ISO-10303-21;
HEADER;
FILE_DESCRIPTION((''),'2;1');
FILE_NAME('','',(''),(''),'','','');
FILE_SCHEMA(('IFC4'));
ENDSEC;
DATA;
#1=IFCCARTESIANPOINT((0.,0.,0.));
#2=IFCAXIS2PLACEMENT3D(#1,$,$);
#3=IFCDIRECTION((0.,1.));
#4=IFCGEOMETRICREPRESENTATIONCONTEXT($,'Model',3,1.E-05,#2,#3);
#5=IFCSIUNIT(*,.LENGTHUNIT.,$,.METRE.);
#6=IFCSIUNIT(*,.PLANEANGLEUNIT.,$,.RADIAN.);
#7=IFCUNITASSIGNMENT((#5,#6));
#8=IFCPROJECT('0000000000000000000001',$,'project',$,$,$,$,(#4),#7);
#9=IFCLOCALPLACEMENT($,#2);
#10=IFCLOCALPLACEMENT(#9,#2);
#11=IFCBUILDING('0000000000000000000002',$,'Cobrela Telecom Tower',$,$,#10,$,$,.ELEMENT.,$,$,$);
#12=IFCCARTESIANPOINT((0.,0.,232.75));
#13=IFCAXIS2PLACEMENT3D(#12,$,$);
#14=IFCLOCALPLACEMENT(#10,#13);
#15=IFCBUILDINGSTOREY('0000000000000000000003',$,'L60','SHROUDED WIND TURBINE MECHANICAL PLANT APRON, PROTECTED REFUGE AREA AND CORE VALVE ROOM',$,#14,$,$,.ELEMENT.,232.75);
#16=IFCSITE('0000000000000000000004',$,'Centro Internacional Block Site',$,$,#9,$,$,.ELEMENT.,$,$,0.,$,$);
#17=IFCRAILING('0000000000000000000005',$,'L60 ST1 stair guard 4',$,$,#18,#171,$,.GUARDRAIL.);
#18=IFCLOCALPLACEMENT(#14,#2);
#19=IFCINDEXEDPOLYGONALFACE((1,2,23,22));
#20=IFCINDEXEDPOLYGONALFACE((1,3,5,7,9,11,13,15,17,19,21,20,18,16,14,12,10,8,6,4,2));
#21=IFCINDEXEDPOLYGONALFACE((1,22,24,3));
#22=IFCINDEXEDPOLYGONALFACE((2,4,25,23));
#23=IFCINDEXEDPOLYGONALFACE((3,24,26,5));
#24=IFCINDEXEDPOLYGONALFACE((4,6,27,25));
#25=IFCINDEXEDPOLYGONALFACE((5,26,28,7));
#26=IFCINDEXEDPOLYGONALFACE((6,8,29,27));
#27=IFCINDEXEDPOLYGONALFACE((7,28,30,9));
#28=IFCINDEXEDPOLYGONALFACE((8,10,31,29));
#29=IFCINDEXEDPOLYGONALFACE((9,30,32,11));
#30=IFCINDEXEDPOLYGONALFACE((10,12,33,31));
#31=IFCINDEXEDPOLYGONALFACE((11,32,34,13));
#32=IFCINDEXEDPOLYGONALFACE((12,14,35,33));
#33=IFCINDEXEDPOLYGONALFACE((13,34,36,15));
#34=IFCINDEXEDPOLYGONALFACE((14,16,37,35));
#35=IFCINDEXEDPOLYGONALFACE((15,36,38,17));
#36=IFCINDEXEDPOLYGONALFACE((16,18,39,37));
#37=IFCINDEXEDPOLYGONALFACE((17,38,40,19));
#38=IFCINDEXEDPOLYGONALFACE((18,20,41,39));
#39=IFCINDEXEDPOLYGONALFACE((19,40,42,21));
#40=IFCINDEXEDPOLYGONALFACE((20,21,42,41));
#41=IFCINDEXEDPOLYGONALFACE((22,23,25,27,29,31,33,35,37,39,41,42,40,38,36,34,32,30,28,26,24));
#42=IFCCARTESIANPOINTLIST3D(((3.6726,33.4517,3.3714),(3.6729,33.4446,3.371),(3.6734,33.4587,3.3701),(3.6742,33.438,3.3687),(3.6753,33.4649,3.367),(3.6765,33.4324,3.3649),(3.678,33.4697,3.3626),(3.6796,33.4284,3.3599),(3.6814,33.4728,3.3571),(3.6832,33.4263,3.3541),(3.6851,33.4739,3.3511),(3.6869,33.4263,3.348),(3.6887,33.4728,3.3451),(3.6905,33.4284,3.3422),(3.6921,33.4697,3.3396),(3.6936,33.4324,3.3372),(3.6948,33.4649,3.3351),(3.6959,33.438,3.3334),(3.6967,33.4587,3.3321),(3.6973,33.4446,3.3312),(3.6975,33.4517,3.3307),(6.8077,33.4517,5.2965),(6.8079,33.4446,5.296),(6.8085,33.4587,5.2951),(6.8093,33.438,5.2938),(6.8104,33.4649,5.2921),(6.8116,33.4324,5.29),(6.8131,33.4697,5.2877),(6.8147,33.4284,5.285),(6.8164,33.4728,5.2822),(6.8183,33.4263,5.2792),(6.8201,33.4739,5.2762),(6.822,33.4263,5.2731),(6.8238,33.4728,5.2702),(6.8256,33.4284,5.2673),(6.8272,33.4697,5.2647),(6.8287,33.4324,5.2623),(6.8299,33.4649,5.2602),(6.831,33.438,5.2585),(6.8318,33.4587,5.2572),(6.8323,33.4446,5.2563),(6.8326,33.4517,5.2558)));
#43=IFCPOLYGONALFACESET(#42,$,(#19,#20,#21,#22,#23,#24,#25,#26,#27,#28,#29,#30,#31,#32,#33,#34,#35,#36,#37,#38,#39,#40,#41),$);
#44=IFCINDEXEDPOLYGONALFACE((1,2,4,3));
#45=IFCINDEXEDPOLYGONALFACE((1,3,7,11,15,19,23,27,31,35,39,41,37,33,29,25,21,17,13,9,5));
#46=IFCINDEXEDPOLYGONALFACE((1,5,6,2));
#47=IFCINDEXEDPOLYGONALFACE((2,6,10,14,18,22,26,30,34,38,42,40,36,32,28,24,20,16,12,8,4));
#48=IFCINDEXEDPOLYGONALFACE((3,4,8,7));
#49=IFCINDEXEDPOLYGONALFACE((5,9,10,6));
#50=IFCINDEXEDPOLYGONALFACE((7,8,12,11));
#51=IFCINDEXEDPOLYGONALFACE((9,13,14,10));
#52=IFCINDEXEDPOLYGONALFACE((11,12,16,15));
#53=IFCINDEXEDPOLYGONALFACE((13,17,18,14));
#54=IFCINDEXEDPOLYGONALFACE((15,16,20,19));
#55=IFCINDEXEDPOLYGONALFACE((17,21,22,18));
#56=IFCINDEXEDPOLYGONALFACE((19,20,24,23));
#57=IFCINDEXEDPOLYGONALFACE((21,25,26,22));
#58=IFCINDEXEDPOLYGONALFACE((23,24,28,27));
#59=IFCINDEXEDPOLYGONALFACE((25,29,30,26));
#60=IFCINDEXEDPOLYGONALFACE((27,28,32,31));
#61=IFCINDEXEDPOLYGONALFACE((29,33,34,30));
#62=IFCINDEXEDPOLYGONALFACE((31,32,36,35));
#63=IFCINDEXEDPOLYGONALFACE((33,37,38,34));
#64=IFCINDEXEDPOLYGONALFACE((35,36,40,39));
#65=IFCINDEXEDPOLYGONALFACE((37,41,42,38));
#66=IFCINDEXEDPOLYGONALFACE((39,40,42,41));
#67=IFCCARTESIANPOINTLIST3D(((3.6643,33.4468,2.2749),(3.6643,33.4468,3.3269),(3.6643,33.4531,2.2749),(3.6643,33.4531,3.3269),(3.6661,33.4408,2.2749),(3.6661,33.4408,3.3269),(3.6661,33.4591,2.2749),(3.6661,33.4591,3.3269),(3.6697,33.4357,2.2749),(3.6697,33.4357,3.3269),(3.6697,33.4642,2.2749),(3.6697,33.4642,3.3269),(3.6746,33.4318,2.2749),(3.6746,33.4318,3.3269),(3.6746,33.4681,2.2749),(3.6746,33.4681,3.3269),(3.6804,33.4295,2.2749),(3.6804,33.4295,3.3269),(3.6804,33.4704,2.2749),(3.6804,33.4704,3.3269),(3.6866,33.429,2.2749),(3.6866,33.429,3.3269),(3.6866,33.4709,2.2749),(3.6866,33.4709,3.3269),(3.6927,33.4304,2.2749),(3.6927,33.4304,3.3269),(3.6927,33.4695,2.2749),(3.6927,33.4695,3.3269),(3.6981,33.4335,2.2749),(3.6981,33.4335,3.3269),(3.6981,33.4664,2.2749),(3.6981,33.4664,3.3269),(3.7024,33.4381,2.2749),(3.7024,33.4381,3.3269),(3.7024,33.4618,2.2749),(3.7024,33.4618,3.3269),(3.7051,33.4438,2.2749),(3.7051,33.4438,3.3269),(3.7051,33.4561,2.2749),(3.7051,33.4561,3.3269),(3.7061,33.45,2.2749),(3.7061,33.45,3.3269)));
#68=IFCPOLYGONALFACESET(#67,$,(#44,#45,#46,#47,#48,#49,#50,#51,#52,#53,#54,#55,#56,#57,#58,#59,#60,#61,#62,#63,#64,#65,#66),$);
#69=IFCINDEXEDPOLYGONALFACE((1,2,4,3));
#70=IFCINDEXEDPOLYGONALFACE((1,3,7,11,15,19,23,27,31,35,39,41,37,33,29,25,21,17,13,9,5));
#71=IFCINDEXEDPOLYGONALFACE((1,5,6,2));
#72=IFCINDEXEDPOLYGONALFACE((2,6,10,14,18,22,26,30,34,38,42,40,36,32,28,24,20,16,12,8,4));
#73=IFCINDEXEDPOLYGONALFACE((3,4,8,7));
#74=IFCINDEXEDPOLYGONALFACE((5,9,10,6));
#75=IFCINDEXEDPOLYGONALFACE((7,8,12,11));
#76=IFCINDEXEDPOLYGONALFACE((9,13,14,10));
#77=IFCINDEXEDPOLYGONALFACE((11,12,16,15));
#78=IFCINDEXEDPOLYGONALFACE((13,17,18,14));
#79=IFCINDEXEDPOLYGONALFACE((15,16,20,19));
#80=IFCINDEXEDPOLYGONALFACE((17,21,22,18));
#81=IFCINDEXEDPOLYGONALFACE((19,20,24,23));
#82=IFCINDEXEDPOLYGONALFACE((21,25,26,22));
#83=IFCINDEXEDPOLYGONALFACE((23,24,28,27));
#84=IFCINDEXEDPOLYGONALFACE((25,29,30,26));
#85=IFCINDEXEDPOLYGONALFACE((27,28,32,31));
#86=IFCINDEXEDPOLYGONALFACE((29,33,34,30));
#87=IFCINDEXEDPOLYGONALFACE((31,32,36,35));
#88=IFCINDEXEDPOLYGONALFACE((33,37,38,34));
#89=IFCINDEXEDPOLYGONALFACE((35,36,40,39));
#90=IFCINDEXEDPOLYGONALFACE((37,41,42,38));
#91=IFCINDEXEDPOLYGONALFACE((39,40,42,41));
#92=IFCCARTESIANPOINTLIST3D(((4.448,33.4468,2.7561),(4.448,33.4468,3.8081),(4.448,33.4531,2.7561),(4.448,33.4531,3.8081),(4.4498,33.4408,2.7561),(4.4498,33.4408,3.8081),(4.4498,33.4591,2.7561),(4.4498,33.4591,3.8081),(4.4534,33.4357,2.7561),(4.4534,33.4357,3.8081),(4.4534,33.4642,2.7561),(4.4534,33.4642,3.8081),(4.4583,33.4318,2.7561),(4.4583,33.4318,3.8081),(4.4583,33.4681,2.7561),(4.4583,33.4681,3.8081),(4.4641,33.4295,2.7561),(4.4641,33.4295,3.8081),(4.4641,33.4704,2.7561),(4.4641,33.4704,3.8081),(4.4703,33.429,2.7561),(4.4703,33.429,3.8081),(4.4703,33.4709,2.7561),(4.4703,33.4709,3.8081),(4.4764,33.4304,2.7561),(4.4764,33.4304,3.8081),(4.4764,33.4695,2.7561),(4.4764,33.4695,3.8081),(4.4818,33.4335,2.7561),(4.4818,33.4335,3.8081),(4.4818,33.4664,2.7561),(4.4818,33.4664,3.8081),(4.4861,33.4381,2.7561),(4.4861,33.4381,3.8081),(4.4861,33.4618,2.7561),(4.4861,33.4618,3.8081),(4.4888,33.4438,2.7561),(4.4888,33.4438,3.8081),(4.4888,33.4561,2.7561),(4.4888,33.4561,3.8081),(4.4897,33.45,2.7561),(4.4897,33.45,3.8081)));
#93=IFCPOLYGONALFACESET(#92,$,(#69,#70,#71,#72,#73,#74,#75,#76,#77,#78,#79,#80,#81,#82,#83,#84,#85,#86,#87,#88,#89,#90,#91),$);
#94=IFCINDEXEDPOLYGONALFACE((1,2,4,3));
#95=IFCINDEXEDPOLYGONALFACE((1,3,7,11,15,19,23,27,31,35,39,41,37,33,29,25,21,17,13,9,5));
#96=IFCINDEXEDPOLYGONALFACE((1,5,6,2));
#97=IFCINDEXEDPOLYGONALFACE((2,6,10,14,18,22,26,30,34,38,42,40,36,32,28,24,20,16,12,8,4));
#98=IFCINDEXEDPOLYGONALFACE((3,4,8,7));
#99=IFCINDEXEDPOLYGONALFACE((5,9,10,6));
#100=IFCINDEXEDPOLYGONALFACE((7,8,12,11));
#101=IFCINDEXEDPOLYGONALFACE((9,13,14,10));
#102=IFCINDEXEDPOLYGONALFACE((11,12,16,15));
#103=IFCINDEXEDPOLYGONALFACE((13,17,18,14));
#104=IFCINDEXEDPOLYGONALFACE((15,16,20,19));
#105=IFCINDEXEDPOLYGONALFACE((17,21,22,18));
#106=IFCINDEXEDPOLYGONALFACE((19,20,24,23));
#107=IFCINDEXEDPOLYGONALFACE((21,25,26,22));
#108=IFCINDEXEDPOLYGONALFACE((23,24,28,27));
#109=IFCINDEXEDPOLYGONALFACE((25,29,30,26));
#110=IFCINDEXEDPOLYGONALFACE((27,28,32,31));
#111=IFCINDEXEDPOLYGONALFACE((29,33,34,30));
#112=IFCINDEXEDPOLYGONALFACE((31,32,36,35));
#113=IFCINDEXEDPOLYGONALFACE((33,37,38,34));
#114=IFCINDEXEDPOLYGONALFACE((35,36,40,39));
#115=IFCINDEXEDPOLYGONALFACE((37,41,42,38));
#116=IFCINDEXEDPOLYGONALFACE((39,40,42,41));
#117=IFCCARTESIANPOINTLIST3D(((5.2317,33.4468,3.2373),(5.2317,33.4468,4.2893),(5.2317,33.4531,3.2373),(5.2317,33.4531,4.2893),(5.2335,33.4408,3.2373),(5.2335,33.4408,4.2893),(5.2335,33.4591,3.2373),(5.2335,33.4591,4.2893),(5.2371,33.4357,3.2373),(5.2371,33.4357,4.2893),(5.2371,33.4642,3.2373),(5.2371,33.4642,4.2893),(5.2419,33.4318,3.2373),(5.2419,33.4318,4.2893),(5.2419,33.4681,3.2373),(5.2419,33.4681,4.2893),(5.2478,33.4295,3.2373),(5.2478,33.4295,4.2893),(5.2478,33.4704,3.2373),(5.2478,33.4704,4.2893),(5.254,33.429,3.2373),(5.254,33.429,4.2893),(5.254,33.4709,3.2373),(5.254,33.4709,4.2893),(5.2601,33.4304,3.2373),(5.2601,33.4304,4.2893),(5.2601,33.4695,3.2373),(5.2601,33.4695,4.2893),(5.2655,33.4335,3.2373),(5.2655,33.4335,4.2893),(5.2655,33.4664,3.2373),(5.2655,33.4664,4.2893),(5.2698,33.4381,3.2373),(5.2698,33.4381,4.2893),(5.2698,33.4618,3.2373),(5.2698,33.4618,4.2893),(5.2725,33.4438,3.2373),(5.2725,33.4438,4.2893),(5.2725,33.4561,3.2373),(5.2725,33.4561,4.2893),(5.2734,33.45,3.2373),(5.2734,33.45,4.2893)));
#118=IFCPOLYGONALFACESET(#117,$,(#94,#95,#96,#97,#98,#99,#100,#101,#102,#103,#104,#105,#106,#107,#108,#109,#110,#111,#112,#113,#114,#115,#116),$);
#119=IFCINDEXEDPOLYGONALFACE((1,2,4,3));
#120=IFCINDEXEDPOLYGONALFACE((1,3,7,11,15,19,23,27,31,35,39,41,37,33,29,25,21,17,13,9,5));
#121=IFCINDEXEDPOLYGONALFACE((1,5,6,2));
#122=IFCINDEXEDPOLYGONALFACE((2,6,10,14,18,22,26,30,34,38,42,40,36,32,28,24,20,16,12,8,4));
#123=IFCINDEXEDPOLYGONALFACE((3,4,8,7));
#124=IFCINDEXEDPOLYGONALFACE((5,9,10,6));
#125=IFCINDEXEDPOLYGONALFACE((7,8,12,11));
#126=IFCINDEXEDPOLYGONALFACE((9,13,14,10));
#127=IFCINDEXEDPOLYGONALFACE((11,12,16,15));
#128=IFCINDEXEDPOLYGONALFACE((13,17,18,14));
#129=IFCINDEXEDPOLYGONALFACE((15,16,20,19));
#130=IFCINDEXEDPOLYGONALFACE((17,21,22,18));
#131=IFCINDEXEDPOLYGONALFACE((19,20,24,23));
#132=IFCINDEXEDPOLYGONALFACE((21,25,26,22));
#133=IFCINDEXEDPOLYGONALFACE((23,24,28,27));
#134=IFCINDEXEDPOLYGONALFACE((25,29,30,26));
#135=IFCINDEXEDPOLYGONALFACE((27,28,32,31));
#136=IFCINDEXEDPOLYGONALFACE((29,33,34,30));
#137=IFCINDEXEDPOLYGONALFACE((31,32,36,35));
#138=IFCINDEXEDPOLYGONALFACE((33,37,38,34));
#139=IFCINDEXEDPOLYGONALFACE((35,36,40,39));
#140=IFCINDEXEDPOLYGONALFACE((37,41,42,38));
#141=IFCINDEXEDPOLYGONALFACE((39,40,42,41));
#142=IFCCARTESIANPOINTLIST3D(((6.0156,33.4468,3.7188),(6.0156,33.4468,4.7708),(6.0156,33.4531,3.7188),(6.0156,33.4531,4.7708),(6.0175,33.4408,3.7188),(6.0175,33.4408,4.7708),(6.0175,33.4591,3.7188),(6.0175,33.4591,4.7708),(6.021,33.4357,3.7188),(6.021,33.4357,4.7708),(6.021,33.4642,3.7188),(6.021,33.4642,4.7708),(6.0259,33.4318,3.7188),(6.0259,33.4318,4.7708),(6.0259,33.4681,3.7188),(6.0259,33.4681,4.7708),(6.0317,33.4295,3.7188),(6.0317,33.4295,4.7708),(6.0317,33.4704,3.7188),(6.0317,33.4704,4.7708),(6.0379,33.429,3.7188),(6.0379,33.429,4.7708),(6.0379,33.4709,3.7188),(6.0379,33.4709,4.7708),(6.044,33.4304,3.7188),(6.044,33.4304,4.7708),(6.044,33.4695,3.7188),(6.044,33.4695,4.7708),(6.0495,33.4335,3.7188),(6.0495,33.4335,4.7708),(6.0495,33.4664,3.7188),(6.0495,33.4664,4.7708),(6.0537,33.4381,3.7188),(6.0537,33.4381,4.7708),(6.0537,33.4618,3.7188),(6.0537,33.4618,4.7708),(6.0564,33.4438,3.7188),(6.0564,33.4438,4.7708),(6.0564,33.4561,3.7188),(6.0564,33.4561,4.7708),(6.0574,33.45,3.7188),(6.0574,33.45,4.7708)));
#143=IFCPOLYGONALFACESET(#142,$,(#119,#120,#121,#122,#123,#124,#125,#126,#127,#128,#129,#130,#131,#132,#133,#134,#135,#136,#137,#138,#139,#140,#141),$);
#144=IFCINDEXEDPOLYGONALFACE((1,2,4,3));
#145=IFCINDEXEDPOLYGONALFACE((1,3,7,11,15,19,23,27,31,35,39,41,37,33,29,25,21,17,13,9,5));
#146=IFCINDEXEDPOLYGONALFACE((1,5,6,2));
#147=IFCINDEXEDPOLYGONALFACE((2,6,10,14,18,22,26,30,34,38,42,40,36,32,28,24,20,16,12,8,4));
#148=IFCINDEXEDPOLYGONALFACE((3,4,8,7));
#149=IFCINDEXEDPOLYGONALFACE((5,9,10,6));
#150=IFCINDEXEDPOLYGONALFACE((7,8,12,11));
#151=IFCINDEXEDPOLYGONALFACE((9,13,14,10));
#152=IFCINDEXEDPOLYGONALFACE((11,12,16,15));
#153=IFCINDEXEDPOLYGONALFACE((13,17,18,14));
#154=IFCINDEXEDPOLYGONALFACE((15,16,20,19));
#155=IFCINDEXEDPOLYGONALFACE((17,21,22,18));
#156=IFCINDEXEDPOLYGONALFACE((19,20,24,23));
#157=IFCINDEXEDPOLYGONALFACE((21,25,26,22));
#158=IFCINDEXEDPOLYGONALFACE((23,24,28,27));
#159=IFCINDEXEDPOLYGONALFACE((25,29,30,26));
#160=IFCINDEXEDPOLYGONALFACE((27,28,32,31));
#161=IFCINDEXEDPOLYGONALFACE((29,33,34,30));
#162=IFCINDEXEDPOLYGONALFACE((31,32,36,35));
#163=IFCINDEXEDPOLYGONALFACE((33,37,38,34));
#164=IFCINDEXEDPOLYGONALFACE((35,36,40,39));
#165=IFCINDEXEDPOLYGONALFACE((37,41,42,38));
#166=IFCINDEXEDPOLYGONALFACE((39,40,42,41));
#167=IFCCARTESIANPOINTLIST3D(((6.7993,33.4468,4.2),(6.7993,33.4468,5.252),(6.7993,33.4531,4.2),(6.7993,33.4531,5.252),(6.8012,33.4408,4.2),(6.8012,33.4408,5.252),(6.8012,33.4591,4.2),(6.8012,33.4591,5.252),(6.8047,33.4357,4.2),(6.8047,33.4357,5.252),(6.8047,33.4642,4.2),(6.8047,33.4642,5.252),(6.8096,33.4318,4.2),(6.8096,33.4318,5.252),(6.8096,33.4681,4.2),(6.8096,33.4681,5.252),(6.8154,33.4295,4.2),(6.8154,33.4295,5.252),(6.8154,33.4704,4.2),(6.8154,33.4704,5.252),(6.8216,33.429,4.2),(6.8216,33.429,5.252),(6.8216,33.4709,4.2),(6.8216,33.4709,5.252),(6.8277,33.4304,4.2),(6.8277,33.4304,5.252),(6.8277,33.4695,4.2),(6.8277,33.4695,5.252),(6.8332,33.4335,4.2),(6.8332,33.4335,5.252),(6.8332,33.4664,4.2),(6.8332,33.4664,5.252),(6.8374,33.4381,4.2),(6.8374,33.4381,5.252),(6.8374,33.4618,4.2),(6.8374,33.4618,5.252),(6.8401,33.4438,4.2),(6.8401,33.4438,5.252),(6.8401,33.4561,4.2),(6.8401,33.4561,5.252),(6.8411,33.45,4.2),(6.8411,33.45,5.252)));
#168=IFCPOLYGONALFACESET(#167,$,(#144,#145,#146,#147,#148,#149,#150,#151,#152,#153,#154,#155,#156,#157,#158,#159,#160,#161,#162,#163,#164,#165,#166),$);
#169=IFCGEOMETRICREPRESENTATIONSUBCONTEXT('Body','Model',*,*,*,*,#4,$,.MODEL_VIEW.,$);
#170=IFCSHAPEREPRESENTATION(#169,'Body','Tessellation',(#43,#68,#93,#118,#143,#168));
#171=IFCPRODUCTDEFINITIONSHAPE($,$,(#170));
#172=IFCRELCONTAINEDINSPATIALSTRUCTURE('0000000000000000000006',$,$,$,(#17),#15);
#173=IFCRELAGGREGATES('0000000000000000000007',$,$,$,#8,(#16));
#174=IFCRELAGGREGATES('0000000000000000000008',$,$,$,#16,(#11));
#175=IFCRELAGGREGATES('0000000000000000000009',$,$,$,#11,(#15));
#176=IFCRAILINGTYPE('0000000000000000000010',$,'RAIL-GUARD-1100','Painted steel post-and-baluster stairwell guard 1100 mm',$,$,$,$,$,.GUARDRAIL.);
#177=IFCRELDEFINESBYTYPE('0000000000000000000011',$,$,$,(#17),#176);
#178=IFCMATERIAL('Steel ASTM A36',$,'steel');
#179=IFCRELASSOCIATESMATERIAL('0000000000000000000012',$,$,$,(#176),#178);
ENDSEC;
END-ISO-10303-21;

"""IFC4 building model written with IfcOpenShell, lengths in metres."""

from ifc_helpers import new_model, si_unit, direction, frame, origin, origin_2d, place, context, subcontext, project, spatial, circle, extrude, material, type_object, element, save


model = new_model("IFC4")

# Units and contexts
model_context = context("Model", 3, precision=1e-05, world=origin(), true_north=direction((0.0, 1.0)))
body_context = subcontext(model_context, "Body", "Model", "MODEL_VIEW")
ifc_project = project(units=[si_unit("LENGTHUNIT", "METRE"), si_unit("PLANEANGLEUNIT", "RADIAN")], contexts=[model_context])

# Site, building, storey
site_placement = place(None, origin())
site = spatial("IfcSite", under=ifc_project, at=site_placement, Name="Centro Internacional Block Site", CompositionType="ELEMENT", RefElevation=0.0)
building_placement = place(site_placement, origin())
building = spatial("IfcBuilding", under=site, at=building_placement, Name="Cobrela Telecom Tower", CompositionType="ELEMENT")
storey_placement = place(building_placement, frame((0.0, 0.0, 232.75)))
storey = spatial("IfcBuildingStorey", under=building, at=storey_placement, Name="L60", Description="SHROUDED WIND TURBINE MECHANICAL PLANT APRON, PROTECTED REFUGE AREA AND CORE VALVE ROOM", CompositionType="ELEMENT", Elevation=232.75)

# Shared definitions
ifc_material_1 = material(Name="Steel ASTM A36", Category="steel")

# Railing
railing_type_1 = type_object("IfcRailingType", Name="RAIL-GUARD-1100", Description="Painted steel post-and-baluster stairwell guard 1100 mm", PredefinedType="GUARDRAIL", material=ifc_material_1)
railing_1_placement = place(storey_placement, frame((3.6851, 33.45, 2.2749)))
element("IfcRailing", 1, at=railing_1_placement, inside=storey, type_object=railing_type_1, Name="L60 ST1 stair guard 4", PredefinedType="GUARDRAIL", context=body_context, shape_type="SweptSolid", body=[
    extrude(circle(Radius=0.0239, at=origin_2d()), frame((0.0, 0.0, 1.0762), z_axis=(0.852166, 0.0, 0.523271), x_axis=(0.0, 1.0, 0.0)), (0.0, 0.0, 1.0), 3.679),
    extrude(circle(Radius=0.021, at=origin_2d()), origin(), (0.0, 0.0, 1.0), 1.052),
    extrude(circle(Radius=0.021, at=origin_2d()), frame((0.7837, 0.0, 0.4812)), (0.0, 0.0, 1.0), 1.052),
    extrude(circle(Radius=0.021, at=origin_2d()), frame((1.5674, 0.0, 0.9624)), (0.0, 0.0, 1.0), 1.052),
    extrude(circle(Radius=0.021, at=origin_2d()), frame((2.3513, 0.0, 1.4438)), (0.0, 0.0, 1.0), 1.052),
    extrude(circle(Radius=0.021, at=origin_2d()), frame((3.135, 0.0, 1.925)), (0.0, 0.0, 1.0), 1.052),
])

save(model, "model.ifc")
